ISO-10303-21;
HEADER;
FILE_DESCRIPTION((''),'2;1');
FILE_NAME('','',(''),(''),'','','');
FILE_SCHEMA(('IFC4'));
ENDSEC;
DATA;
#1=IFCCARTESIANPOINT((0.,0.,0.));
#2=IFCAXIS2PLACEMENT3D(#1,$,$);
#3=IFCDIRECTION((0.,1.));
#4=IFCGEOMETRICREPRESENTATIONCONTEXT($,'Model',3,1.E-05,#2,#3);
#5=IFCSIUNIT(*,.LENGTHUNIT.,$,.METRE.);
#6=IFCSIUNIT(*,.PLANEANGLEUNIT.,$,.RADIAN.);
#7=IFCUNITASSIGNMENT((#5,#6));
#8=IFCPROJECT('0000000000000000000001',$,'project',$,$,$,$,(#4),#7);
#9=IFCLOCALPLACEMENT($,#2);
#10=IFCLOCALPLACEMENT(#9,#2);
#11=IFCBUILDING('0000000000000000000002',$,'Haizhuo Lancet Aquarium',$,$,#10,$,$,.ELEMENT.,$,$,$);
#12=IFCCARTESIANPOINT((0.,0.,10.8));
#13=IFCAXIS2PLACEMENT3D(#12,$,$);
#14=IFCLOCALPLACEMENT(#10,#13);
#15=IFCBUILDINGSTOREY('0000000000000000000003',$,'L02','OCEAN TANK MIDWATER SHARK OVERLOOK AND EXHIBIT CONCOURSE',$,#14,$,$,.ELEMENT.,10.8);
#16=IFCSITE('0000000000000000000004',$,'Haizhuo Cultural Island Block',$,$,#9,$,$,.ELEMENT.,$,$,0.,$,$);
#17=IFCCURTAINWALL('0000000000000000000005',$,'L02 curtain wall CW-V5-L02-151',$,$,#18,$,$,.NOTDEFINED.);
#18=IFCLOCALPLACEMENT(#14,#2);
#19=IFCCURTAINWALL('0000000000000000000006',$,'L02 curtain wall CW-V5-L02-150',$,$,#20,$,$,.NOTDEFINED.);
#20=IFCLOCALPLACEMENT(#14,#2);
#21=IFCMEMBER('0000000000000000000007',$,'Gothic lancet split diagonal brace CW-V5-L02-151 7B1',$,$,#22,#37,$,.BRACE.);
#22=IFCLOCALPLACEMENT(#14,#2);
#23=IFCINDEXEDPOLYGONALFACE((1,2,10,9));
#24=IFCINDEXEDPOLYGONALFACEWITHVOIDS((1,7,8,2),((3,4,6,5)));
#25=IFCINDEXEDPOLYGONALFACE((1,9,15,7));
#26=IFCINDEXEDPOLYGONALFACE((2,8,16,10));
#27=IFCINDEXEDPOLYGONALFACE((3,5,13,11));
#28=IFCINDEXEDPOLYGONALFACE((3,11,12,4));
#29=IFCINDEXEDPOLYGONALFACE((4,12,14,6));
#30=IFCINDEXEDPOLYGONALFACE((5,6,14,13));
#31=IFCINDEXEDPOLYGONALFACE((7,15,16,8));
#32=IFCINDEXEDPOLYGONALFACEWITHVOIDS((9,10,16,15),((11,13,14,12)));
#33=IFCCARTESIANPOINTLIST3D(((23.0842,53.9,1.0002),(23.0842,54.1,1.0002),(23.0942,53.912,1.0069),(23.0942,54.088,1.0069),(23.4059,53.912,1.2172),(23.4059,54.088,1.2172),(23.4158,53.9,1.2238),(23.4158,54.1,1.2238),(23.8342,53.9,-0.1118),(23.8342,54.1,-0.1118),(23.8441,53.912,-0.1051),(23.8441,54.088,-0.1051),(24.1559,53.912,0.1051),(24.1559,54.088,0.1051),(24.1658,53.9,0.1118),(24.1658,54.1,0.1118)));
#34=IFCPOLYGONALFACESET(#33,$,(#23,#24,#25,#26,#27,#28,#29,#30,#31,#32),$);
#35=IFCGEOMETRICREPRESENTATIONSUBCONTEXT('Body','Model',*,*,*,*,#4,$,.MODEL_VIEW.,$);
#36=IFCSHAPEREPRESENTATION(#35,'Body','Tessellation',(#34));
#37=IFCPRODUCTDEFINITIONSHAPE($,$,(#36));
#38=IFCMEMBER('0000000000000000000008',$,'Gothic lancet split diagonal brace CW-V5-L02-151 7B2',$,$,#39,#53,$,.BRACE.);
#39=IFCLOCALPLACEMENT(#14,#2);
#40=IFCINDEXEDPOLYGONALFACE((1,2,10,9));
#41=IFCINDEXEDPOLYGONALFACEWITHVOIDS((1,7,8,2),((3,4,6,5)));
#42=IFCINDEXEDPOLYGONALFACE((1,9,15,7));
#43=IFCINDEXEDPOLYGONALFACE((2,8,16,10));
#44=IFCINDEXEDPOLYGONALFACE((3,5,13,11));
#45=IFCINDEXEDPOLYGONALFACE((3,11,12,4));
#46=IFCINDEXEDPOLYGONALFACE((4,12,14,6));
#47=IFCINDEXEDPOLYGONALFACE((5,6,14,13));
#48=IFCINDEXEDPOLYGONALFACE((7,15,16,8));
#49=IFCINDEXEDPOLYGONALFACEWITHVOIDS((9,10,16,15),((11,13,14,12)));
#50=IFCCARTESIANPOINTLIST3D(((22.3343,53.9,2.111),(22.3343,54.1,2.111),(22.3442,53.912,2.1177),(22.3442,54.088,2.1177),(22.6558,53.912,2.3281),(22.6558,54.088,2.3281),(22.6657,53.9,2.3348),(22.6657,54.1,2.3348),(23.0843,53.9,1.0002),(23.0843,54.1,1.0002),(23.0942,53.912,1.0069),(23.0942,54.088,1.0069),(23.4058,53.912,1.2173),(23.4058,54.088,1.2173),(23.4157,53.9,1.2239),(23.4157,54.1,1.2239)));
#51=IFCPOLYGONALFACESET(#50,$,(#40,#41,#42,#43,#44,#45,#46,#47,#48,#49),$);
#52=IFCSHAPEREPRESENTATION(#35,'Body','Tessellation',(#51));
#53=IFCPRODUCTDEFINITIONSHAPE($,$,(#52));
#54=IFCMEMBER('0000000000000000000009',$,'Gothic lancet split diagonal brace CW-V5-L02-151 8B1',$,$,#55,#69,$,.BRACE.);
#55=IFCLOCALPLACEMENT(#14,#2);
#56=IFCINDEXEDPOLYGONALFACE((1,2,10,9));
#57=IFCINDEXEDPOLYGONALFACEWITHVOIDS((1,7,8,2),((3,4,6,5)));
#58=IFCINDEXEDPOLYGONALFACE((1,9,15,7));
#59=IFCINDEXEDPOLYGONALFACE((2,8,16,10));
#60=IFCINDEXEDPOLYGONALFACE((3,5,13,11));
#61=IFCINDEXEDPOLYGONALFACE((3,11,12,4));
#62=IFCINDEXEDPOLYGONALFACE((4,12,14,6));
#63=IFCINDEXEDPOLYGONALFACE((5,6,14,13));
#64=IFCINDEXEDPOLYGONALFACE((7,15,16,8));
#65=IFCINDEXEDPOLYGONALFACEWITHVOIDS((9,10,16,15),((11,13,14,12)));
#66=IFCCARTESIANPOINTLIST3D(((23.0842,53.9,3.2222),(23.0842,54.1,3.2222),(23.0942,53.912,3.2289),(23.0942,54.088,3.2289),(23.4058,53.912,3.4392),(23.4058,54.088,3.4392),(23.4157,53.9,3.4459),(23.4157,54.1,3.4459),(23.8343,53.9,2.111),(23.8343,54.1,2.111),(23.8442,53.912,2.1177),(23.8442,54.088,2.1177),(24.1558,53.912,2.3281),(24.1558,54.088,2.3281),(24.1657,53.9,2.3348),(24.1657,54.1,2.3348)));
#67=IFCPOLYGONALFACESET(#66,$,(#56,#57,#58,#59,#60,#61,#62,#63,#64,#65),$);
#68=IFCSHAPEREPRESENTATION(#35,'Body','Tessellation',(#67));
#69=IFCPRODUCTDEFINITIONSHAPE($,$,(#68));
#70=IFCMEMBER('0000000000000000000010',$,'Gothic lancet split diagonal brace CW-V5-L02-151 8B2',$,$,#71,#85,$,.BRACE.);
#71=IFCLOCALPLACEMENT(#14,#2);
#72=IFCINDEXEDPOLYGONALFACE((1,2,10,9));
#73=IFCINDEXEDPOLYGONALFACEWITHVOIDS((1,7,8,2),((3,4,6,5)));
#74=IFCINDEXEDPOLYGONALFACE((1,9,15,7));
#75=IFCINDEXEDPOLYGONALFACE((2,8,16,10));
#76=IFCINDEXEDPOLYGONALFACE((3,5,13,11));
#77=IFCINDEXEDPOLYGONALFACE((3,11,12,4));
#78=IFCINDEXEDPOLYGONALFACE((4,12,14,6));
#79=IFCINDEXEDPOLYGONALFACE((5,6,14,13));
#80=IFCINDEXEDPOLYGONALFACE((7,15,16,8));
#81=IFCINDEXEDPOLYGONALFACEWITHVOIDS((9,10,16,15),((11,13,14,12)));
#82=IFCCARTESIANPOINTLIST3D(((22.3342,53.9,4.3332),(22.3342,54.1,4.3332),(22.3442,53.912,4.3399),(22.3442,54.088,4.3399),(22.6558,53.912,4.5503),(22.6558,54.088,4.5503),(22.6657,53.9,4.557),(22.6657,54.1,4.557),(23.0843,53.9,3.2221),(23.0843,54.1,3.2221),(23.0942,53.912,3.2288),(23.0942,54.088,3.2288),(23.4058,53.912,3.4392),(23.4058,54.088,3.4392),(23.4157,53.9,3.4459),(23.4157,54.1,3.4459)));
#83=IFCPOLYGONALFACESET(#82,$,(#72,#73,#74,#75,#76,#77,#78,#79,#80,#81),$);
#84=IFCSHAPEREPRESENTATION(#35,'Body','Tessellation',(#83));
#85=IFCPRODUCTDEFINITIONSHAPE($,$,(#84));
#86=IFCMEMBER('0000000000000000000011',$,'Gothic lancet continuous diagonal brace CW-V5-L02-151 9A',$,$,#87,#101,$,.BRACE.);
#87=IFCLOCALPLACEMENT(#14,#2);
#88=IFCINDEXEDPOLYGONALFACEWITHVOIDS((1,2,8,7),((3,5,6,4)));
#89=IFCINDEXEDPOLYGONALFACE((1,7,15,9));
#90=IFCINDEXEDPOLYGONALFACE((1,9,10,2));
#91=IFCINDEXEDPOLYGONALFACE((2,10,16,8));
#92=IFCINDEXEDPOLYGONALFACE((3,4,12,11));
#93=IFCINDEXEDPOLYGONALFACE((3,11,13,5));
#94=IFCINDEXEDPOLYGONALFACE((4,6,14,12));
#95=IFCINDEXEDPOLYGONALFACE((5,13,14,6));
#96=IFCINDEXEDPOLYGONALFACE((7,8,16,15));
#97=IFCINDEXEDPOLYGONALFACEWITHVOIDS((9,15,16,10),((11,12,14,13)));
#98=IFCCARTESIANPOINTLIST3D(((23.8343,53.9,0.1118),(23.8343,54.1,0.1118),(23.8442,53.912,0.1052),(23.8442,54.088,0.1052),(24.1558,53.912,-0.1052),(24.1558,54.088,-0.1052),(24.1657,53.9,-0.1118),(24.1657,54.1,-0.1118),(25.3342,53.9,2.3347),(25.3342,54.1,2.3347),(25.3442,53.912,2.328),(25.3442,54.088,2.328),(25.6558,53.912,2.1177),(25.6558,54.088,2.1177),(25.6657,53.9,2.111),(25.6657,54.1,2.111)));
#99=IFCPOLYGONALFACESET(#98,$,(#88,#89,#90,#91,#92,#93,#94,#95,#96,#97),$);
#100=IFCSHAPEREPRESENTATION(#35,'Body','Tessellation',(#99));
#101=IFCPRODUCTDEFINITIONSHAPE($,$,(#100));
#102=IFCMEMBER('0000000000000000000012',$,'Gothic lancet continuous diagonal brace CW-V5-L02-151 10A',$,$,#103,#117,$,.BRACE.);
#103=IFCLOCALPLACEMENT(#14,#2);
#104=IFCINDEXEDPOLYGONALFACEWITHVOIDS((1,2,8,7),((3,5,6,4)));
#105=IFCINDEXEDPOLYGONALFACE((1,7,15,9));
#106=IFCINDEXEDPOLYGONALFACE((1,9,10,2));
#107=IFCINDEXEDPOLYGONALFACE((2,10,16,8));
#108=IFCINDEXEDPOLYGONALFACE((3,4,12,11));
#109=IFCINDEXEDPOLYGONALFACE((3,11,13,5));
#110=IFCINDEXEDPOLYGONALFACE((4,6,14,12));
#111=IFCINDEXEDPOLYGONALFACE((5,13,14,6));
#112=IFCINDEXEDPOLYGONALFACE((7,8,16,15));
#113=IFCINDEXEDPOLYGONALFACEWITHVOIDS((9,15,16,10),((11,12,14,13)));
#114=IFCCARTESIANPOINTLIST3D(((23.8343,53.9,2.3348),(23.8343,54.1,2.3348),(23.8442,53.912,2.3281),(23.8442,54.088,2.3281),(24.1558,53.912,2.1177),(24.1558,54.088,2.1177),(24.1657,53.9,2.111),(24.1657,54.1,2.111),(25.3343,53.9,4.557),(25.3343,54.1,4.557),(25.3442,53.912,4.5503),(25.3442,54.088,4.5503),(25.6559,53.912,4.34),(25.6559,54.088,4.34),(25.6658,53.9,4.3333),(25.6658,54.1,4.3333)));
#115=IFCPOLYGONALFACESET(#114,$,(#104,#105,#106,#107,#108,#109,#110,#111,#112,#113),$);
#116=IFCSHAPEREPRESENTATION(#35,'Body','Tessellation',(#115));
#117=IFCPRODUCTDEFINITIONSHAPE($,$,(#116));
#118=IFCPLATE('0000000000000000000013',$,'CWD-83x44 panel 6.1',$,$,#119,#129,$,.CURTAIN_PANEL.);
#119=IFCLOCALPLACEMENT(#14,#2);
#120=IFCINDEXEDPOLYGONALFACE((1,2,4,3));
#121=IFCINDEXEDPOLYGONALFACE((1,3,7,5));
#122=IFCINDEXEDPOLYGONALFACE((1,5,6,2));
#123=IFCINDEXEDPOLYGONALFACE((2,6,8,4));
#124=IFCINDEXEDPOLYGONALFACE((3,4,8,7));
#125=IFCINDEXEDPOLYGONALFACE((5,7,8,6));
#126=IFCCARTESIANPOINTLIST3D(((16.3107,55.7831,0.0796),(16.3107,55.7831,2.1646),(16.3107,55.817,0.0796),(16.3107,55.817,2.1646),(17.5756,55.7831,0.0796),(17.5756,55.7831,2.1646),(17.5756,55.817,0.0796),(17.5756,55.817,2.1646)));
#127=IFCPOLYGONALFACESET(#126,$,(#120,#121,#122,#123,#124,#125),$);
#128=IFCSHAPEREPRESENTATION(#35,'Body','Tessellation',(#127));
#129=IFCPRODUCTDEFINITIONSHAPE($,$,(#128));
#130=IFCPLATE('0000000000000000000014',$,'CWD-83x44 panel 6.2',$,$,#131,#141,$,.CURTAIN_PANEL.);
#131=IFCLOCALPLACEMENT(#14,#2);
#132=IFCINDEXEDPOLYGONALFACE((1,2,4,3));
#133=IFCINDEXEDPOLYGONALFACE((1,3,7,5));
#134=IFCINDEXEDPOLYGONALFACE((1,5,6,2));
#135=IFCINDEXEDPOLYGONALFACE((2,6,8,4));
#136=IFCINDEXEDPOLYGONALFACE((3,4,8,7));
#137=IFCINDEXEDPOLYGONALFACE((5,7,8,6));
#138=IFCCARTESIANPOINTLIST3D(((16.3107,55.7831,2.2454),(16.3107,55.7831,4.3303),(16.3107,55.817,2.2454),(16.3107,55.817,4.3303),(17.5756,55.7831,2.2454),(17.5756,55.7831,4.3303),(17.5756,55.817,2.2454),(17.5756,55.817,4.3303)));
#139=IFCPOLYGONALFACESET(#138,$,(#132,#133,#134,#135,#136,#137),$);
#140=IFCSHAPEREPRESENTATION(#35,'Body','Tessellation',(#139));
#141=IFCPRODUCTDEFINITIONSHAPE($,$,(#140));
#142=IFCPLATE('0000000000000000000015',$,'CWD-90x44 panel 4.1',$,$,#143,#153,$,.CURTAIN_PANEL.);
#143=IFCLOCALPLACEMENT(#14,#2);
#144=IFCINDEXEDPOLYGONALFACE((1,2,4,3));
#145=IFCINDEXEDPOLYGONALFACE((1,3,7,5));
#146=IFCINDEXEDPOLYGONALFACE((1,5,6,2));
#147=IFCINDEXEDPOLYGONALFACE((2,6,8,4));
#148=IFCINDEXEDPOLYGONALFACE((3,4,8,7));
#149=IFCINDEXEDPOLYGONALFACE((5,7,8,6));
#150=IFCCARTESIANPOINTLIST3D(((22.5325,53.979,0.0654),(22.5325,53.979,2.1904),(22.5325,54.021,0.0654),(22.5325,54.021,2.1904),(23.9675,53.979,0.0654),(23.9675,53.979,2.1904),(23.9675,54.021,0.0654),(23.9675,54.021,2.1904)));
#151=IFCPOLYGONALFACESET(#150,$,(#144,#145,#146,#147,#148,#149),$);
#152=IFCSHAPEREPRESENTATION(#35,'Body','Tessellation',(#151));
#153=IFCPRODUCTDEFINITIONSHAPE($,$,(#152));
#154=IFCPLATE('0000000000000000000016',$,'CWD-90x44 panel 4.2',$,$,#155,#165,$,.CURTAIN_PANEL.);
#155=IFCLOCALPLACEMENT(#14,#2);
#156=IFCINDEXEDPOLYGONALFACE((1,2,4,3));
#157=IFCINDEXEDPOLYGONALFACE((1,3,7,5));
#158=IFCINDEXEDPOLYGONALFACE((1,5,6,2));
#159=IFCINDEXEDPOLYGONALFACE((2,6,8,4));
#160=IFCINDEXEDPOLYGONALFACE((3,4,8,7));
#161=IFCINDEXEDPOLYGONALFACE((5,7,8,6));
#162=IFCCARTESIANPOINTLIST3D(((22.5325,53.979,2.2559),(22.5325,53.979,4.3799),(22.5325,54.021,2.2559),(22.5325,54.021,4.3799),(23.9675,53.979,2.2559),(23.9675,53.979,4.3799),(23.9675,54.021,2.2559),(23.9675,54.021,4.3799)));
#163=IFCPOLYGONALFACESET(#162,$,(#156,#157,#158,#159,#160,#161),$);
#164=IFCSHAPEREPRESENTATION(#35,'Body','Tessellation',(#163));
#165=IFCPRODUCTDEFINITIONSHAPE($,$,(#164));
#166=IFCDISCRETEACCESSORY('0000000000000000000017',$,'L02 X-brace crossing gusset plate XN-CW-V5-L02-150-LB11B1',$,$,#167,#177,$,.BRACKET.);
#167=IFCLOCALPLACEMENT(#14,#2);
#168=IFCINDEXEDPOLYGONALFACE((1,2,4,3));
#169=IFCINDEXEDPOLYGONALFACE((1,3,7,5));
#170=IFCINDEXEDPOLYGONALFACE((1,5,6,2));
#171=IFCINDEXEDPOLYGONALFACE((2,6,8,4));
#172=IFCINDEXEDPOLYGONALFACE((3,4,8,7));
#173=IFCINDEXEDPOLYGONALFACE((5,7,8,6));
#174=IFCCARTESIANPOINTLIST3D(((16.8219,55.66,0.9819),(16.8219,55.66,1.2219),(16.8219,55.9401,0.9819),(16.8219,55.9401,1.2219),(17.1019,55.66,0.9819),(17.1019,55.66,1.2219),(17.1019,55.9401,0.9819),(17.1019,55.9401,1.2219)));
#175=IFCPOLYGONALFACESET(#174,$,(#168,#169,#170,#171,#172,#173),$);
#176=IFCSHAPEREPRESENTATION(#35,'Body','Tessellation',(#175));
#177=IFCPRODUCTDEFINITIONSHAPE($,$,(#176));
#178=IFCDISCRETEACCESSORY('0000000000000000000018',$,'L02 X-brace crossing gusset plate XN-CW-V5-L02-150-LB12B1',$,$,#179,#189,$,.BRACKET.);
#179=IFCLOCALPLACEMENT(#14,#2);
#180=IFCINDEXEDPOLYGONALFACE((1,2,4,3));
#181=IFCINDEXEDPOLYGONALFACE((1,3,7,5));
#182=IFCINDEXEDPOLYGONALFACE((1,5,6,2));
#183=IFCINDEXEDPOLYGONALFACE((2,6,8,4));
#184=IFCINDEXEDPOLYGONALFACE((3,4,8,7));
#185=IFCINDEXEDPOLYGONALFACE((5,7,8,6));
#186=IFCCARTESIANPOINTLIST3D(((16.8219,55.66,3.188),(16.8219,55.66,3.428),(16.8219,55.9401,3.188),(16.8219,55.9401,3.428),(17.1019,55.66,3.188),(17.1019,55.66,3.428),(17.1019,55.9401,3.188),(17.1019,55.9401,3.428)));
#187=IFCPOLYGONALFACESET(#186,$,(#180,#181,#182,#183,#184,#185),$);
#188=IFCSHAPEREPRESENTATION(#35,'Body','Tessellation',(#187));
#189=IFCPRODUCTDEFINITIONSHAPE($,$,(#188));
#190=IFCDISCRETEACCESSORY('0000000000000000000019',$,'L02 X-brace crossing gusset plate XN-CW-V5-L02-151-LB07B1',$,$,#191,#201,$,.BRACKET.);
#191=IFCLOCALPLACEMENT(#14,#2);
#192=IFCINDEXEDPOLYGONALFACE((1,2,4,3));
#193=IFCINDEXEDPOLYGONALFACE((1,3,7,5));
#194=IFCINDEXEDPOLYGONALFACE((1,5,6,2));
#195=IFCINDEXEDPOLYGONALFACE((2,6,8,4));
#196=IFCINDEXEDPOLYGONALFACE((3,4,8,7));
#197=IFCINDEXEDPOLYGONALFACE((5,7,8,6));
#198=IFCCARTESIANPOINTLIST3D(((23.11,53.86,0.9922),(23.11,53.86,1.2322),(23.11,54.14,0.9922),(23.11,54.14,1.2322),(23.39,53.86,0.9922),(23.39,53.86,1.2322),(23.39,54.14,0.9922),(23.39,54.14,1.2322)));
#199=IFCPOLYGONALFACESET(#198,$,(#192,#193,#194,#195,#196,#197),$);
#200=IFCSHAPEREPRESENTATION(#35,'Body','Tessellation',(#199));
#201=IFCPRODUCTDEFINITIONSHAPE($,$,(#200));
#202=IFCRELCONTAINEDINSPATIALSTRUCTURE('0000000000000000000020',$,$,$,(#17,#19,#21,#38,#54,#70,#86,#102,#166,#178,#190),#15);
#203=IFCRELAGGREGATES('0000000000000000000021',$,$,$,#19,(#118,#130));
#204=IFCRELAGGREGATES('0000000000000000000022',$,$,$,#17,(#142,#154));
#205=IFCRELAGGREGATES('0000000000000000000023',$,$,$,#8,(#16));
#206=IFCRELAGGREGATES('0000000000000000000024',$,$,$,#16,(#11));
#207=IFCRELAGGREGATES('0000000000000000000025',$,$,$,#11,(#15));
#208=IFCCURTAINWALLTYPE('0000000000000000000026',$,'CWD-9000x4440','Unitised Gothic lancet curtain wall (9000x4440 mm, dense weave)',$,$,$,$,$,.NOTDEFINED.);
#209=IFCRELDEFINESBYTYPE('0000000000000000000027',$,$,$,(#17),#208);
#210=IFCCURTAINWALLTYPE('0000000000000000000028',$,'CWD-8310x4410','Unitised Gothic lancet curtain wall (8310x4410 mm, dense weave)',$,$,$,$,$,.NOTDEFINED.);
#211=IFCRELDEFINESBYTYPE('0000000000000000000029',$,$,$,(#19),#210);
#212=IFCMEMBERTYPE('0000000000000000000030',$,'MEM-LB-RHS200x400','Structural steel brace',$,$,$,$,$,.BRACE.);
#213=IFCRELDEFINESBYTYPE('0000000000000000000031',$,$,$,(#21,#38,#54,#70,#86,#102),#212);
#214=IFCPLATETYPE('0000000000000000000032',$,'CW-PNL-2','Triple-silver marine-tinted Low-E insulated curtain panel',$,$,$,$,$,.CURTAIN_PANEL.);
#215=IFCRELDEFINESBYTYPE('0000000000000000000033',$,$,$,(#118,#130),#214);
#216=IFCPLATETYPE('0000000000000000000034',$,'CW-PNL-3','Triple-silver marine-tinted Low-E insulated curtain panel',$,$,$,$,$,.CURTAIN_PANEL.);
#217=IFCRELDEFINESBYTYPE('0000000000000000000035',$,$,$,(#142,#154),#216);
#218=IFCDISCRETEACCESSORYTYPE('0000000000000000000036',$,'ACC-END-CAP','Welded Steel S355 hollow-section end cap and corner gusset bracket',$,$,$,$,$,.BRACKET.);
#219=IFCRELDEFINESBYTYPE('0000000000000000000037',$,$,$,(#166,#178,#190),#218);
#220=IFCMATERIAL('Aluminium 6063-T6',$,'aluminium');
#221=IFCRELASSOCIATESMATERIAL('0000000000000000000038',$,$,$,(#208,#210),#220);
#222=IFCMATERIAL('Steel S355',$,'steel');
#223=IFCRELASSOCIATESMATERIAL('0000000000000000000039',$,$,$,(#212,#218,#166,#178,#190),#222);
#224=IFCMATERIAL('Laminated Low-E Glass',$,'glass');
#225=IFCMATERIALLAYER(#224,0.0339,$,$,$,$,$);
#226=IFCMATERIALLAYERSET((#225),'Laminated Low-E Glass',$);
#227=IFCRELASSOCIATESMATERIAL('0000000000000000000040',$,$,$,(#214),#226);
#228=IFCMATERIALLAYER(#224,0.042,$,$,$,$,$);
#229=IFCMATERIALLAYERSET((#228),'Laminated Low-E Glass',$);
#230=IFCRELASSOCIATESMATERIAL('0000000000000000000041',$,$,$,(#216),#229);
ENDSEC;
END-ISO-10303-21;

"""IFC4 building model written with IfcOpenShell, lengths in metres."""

from ifc_helpers import new_model, si_unit, direction, frame, origin, origin_2d, place, context, subcontext, project, spatial, rectangle, hollow_rectangle, extrude, material, layer, layer_set, material_profile, profile_set, type_object, element, aggregate, save


model = new_model("IFC4")

# Units and contexts
model_context = context("Model", 3, precision=1e-05, world=origin(), true_north=direction((0.0, 1.0)))
body_context = subcontext(model_context, "Body", "Model", "MODEL_VIEW")
ifc_project = project(units=[si_unit("LENGTHUNIT", "METRE"), si_unit("PLANEANGLEUNIT", "RADIAN")], contexts=[model_context])

# Site, building, storey
site_placement = place(None, origin())
site = spatial("IfcSite", under=ifc_project, at=site_placement, Name="Haizhuo Cultural Island Block", CompositionType="ELEMENT", RefElevation=0.0)
building_placement = place(site_placement, origin())
building = spatial("IfcBuilding", under=site, at=building_placement, Name="Haizhuo Lancet Aquarium", CompositionType="ELEMENT")
storey_placement = place(building_placement, frame((0.0, 0.0, 10.8)))
storey = spatial("IfcBuildingStorey", under=building, at=storey_placement, Name="L02", Description="OCEAN TANK MIDWATER SHARK OVERLOOK AND EXHIBIT CONCOURSE", CompositionType="ELEMENT", Elevation=10.8)

# Curtain wall
ifc_material_1 = material(Name="Aluminium 6063-T6", Category="aluminium")
curtain_wall_type_1 = type_object("IfcCurtainWallType", Name="CWD-9000x4440", Description="Unitised Gothic lancet curtain wall (9000x4440 mm, dense weave)", PredefinedType="NOTDEFINED", material=ifc_material_1)
curtain_wall_1_placement = place(storey_placement, origin())
curtain_wall_1 = element("IfcCurtainWall", 1, at=curtain_wall_1_placement, inside=storey, type_object=curtain_wall_type_1, Name="L02 curtain wall CW-V5-L02-151", PredefinedType="NOTDEFINED")

# Curtain wall
curtain_wall_type_2 = type_object("IfcCurtainWallType", Name="CWD-8310x4410", Description="Unitised Gothic lancet curtain wall (8310x4410 mm, dense weave)", PredefinedType="NOTDEFINED", material=ifc_material_1)
curtain_wall_2_placement = place(storey_placement, origin())
curtain_wall_2 = element("IfcCurtainWall", 2, at=curtain_wall_2_placement, inside=storey, type_object=curtain_wall_type_2, Name="L02 curtain wall CW-V5-L02-150", PredefinedType="NOTDEFINED")

# Members
ifc_material_2 = material(Name="Steel S355", Category="steel")
ifc_material_profile_1 = material_profile(ifc_material_2, hollow_rectangle(XDim=0.2, YDim=0.3999, WallThickness=0.012, at=origin_2d()), Name="RHS 200x400x12")
ifc_profile_set_1 = profile_set([ifc_material_profile_1], Name="Steel S355")
member_type_1 = type_object("IfcMemberType", Name="MEM-LB-RHS200x400", Description="Structural steel brace", PredefinedType="BRACE", material=ifc_profile_set_1)
member_1_placement = place(storey_placement, frame((24.0, 54.0, 0.0), z_axis=(-0.559145, 0.0, 0.82907), x_axis=(0.0, -1.0, 0.0)))
element("IfcMember", 3, at=member_1_placement, inside=storey, type_object=member_type_1, Name="Gothic lancet split diagonal brace CW-V5-L02-151 7B1", PredefinedType="BRACE", context=body_context, shape_type="SweptSolid", body=[
    extrude(hollow_rectangle(XDim=0.2, YDim=0.3999, WallThickness=0.012, at=origin_2d()), origin(), (0.0, 0.0, 1.0), 1.3413),
])
member_2_placement = place(storey_placement, frame((23.25, 54.0, 1.1121), z_axis=(-0.559567, 0.0, 0.828785), x_axis=(0.0, -1.0, 0.0)))
element("IfcMember", 4, at=member_2_placement, inside=storey, type_object=member_type_1, Name="Gothic lancet split diagonal brace CW-V5-L02-151 7B2", PredefinedType="BRACE", context=body_context, shape_type="SweptSolid", body=[
    extrude(hollow_rectangle(XDim=0.2, YDim=0.3999, WallThickness=0.012, at=origin_2d()), origin(), (0.0, 0.0, 1.0), 1.3403),
])
for number, where, z_axis, x_axis, name in (
    (5, (24.0, 54.0, 2.2229), (-0.559482, 0.0, 0.828842), (0.0, -1.0, 0.0), "Gothic lancet split diagonal brace CW-V5-L02-151 8B1"),
    (6, (23.25, 54.0, 3.334), (-0.559482, 0.0, 0.828842), (0.0, -1.0, 0.0), "Gothic lancet split diagonal brace CW-V5-L02-151 8B2"),
):
    element("IfcMember", number, at=place(storey_placement, frame(where, z_axis=z_axis, x_axis=x_axis)), inside=storey, type_object=member_type_1, Name=name, PredefinedType="BRACE", context=body_context, shape_type="SweptSolid", body=[
        extrude(hollow_rectangle(XDim=0.2, YDim=0.3999, WallThickness=0.012, at=origin_2d()), origin(), (0.0, 0.0, 1.0), 1.3406),
    ])
member_3_placement = place(storey_placement, frame((24.0, 54.0, 0.0), z_axis=(0.559356, 0.0, 0.828928), x_axis=(0.0, 1.0, 0.0)))
element("IfcMember", 7, at=member_3_placement, inside=storey, type_object=member_type_1, Name="Gothic lancet continuous diagonal brace CW-V5-L02-151 9A", PredefinedType="BRACE", context=body_context, shape_type="SweptSolid", body=[
    extrude(hollow_rectangle(XDim=0.2, YDim=0.3999, WallThickness=0.012, at=origin_2d()), origin(), (0.0, 0.0, 1.0), 2.6816),
])
member_4_placement = place(storey_placement, frame((24.0, 54.0, 2.2229), z_axis=(0.559482, 0.0, 0.828842), x_axis=(0.0, 1.0, 0.0)))
element("IfcMember", 8, at=member_4_placement, inside=storey, type_object=member_type_1, Name="Gothic lancet continuous diagonal brace CW-V5-L02-151 10A", PredefinedType="BRACE", context=body_context, shape_type="SweptSolid", body=[
    extrude(hollow_rectangle(XDim=0.2, YDim=0.3999, WallThickness=0.012, at=origin_2d()), origin(), (0.0, 0.0, 1.0), 2.6812),
])

# Plates
ifc_material_3 = material(Name="Laminated Low-E Glass", Category="glass")
ifc_layer_1 = layer(ifc_material_3, 0.0339)
ifc_layer_set_1 = layer_set([ifc_layer_1], Name="Laminated Low-E Glass")
plate_type_1 = type_object("IfcPlateType", Name="CW-PNL-2", Description="Triple-silver marine-tinted Low-E insulated curtain panel", PredefinedType="CURTAIN_PANEL", material=ifc_layer_set_1)
plate_1_placement = place(storey_placement, frame((16.9431, 55.8, 0.0796), z_axis=(0.0, 0.0, 1.0), x_axis=(1.0, 0.0, 0.0)))
plate_1 = element("IfcPlate", 9, at=plate_1_placement, type_object=plate_type_1, Name="CWD-83x44 panel 6.1", PredefinedType="CURTAIN_PANEL", context=body_context, shape_type="SweptSolid", body=[
    extrude(rectangle(XDim=1.2649, YDim=0.0339, at=origin_2d()), origin(), (0.0, 0.0, 1.0), 2.085),
])
plate_2_placement = place(storey_placement, frame((16.9431, 55.8, 2.2454), z_axis=(0.0, 0.0, 1.0), x_axis=(1.0, 0.0, 0.0)))
plate_2 = element("IfcPlate", 10, at=plate_2_placement, type_object=plate_type_1, Name="CWD-83x44 panel 6.2", PredefinedType="CURTAIN_PANEL", context=body_context, shape_type="SweptSolid", body=[
    extrude(rectangle(XDim=1.2649, YDim=0.0339, at=origin_2d()), origin(), (0.0, 0.0, 1.0), 2.085),
])
aggregate(curtain_wall_2, [plate_1, plate_2])
ifc_layer_2 = layer(ifc_material_3, 0.042)
ifc_layer_set_2 = layer_set([ifc_layer_2], Name="Laminated Low-E Glass")
plate_type_2 = type_object("IfcPlateType", Name="CW-PNL-3", Description="Triple-silver marine-tinted Low-E insulated curtain panel", PredefinedType="CURTAIN_PANEL", material=ifc_layer_set_2)
plate_3_placement = place(storey_placement, frame((23.25, 54.0, 0.0654), z_axis=(0.0, 0.0, 1.0), x_axis=(1.0, 0.0, 0.0)))
plate_3 = element("IfcPlate", 11, at=plate_3_placement, type_object=plate_type_2, Name="CWD-90x44 panel 4.1", PredefinedType="CURTAIN_PANEL", context=body_context, shape_type="SweptSolid", body=[
    extrude(rectangle(XDim=1.4351, YDim=0.042, at=origin_2d()), origin(), (0.0, 0.0, 1.0), 2.125),
])
plate_4_placement = place(storey_placement, frame((23.25, 54.0, 2.2559), z_axis=(0.0, 0.0, 1.0), x_axis=(1.0, 0.0, 0.0)))
plate_4 = element("IfcPlate", 12, at=plate_4_placement, type_object=plate_type_2, Name="CWD-90x44 panel 4.2", PredefinedType="CURTAIN_PANEL", context=body_context, shape_type="SweptSolid", body=[
    extrude(rectangle(XDim=1.4351, YDim=0.042, at=origin_2d()), origin(), (0.0, 0.0, 1.0), 2.124),
])
aggregate(curtain_wall_1, [plate_3, plate_4])

# Discrete accessories
discrete_accessory_type = type_object("IfcDiscreteAccessoryType", Name="ACC-END-CAP", Description="Welded Steel S355 hollow-section end cap and corner gusset bracket", PredefinedType="BRACKET", material=ifc_material_2)
for number, where, z_axis, x_axis, name in (
    (13, (16.9619, 55.8, 0.9819), (0.0, 0.0, 1.0), (1.0, 0.0, 0.0), "L02 X-brace crossing gusset plate XN-CW-V5-L02-150-LB11B1"),
    (14, (16.9619, 55.8, 3.188), (0.0, 0.0, 1.0), (1.0, 0.0, 0.0), "L02 X-brace crossing gusset plate XN-CW-V5-L02-150-LB12B1"),
    (15, (23.25, 54.0, 0.9922), (0.0, 0.0, 1.0), (1.0, 0.0, 0.0), "L02 X-brace crossing gusset plate XN-CW-V5-L02-151-LB07B1"),
):
    element("IfcDiscreteAccessory", number, at=place(storey_placement, frame(where, z_axis=z_axis, x_axis=x_axis)), inside=storey, type_object=discrete_accessory_type, material=ifc_material_2, Name=name, PredefinedType="BRACKET", context=body_context, shape_type="SweptSolid", body=[
        extrude(rectangle(XDim=0.28, YDim=0.28, at=origin_2d()), origin(), (0.0, 0.0, 1.0), 0.24),
    ])

save(model, "model.ifc")
